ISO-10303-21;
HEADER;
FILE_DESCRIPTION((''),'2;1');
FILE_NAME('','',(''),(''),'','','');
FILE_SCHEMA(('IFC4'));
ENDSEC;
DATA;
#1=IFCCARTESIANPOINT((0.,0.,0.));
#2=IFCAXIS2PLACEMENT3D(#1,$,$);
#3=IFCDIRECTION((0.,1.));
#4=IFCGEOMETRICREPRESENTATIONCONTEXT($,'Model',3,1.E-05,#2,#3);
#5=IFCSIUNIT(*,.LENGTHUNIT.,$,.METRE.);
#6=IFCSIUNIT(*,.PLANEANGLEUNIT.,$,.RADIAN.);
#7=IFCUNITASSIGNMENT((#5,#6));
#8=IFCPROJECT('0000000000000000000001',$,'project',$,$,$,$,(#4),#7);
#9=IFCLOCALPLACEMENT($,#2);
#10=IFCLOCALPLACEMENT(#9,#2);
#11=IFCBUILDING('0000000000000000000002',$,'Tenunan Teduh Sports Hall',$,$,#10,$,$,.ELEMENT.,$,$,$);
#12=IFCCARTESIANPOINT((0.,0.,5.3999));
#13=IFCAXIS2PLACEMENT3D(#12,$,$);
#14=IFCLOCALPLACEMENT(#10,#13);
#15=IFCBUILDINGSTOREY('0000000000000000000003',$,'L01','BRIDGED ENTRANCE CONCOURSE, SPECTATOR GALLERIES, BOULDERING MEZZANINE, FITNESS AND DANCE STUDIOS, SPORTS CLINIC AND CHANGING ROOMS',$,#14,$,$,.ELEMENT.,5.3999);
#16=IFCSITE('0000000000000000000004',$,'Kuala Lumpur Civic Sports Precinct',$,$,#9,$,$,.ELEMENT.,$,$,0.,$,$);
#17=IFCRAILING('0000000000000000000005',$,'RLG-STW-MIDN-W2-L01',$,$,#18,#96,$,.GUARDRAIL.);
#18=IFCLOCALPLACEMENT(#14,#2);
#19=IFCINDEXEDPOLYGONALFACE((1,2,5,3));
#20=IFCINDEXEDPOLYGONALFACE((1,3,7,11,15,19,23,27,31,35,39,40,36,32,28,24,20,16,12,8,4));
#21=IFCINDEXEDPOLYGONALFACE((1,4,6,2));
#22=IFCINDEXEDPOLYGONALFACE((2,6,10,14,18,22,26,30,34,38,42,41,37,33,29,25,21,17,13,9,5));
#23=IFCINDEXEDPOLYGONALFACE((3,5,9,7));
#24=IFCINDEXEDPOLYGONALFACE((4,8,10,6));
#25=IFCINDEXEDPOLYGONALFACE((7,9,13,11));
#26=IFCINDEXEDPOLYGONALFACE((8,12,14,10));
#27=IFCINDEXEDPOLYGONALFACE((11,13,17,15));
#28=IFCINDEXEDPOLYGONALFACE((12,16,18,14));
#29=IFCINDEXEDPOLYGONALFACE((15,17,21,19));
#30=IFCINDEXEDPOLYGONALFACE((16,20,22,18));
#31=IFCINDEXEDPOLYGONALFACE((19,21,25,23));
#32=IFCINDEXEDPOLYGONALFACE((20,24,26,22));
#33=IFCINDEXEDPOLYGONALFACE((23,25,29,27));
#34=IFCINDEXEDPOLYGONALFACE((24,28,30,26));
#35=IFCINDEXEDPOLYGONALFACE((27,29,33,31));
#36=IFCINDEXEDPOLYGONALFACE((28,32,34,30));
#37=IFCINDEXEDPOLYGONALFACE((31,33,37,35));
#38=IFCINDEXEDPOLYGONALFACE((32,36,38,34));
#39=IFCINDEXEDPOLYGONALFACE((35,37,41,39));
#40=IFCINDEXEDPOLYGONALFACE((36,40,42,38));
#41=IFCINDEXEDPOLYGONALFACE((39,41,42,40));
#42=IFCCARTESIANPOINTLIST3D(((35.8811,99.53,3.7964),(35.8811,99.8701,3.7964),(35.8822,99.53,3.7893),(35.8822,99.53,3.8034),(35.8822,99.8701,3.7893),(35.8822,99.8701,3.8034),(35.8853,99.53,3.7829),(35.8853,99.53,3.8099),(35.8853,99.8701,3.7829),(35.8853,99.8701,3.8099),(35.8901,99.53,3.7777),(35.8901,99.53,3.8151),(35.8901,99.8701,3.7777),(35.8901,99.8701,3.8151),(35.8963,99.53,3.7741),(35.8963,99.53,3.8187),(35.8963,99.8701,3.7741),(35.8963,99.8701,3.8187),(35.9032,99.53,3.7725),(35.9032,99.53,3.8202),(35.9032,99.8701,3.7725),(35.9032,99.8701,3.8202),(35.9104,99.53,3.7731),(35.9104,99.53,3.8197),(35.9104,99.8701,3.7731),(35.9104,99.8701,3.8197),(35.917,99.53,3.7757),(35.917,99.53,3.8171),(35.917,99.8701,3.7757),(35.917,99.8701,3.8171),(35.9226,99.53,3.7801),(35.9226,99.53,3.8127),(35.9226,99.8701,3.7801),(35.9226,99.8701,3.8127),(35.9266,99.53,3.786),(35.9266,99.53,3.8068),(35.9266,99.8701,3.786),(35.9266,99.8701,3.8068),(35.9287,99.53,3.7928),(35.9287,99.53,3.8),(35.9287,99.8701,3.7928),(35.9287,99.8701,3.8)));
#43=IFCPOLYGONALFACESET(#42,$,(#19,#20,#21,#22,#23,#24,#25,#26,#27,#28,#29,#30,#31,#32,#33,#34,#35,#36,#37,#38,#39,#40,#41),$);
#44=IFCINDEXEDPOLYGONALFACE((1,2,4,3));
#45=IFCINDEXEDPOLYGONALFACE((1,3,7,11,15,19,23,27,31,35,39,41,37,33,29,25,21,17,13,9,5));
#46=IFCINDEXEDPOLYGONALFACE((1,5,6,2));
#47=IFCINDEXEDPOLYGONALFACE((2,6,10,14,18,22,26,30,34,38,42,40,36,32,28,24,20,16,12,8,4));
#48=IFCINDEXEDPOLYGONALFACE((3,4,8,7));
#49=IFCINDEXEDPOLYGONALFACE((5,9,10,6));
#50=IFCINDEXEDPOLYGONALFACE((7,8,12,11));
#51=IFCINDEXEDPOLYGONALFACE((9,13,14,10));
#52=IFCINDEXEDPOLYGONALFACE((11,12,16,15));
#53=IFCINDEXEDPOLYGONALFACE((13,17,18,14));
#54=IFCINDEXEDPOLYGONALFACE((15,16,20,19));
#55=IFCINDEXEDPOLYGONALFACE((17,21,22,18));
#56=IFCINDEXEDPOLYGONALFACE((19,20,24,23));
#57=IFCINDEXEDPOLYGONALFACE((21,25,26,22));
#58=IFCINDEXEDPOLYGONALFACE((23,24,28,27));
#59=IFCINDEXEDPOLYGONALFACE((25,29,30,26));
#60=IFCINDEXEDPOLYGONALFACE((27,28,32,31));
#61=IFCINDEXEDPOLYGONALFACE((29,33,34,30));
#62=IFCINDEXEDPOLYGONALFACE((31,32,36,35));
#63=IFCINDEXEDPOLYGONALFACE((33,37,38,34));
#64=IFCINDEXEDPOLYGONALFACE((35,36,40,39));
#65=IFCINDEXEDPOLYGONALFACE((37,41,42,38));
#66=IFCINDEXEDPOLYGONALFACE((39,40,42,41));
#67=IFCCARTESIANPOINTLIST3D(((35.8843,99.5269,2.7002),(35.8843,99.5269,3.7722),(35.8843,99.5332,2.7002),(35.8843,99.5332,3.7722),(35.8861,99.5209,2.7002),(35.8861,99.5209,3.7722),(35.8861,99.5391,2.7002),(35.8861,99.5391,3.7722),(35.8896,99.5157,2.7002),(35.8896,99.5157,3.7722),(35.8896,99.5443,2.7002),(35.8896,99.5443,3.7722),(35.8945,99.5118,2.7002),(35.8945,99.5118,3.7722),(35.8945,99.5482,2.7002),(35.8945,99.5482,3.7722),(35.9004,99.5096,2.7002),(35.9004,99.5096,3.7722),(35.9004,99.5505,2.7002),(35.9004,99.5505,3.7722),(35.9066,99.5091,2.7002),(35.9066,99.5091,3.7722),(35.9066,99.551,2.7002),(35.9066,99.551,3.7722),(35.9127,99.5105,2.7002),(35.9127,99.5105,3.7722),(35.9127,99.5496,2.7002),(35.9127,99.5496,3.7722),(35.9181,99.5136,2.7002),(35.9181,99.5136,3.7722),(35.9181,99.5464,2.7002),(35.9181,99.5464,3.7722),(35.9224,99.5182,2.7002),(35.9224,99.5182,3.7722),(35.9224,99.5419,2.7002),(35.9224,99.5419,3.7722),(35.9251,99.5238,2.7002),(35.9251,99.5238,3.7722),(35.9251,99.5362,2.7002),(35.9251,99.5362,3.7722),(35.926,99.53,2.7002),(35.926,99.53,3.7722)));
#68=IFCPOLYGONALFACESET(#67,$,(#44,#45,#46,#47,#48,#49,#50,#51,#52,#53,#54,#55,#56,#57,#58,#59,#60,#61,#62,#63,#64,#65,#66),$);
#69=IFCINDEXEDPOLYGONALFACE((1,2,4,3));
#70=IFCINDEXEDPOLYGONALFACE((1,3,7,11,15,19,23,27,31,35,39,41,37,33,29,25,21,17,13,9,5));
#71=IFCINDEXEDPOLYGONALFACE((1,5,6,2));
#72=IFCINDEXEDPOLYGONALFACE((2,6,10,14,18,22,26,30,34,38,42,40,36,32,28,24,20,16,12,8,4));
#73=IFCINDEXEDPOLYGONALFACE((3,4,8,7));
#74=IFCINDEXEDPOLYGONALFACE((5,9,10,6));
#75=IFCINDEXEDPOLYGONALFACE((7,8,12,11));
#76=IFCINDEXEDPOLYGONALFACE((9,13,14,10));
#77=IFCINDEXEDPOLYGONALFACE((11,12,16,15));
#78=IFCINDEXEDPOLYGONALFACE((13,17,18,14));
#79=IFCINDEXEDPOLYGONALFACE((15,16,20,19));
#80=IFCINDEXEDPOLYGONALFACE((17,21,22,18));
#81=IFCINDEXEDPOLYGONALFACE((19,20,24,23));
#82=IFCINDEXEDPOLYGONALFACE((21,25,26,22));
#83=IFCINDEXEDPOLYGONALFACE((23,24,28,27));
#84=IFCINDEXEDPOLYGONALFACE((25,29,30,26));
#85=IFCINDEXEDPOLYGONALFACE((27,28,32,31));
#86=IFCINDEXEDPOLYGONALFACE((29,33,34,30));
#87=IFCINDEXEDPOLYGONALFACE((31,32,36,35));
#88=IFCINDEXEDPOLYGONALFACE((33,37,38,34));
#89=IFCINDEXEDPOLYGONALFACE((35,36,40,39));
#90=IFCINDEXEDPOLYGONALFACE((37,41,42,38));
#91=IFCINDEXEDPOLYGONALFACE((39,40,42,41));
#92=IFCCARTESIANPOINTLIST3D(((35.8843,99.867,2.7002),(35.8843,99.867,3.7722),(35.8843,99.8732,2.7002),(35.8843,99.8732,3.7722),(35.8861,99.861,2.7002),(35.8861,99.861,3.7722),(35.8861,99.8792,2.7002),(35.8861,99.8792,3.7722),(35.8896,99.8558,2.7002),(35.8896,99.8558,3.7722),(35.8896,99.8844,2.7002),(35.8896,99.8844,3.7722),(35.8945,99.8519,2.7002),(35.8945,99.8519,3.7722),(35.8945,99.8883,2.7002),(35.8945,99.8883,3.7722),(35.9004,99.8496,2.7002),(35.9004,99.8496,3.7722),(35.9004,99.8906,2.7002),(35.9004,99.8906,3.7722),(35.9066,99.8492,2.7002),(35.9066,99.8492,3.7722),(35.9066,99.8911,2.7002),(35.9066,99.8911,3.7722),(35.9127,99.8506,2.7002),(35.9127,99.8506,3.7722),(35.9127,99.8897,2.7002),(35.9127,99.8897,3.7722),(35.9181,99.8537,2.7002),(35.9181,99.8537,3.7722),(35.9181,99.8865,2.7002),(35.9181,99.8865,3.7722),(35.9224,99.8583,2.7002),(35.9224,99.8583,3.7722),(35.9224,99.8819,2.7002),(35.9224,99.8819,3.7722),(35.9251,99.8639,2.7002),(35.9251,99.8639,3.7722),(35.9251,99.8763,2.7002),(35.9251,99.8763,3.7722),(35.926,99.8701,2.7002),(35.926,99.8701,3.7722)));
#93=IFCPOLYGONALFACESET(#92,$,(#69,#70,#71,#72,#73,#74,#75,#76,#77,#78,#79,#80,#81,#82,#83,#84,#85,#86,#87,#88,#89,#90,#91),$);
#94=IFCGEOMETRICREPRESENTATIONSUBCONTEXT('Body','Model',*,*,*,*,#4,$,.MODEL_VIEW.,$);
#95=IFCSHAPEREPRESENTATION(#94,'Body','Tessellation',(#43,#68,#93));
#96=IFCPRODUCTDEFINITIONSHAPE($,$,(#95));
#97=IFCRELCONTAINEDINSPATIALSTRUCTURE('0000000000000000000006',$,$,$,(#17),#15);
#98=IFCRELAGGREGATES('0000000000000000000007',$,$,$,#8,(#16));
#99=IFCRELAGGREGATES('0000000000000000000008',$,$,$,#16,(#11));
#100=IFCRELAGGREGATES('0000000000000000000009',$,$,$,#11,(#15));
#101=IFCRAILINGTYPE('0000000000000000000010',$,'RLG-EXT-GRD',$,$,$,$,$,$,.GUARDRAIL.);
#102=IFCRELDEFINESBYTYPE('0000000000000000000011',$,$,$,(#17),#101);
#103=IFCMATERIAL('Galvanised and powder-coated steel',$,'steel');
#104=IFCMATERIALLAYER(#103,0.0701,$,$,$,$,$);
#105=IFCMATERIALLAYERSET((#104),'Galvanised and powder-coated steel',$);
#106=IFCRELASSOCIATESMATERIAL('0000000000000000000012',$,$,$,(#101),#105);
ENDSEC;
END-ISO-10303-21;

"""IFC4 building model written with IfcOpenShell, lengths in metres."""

from ifc_helpers import new_model, si_unit, direction, frame, origin, origin_2d, place, context, subcontext, project, spatial, circle, extrude, material, layer, layer_set, type_object, element, save


model = new_model("IFC4")

# Units and contexts
model_context = context("Model", 3, precision=1e-05, world=origin(), true_north=direction((0.0, 1.0)))
body_context = subcontext(model_context, "Body", "Model", "MODEL_VIEW")
ifc_project = project(units=[si_unit("LENGTHUNIT", "METRE"), si_unit("PLANEANGLEUNIT", "RADIAN")], contexts=[model_context])

# Site, building, storey
site_placement = place(None, origin())
site = spatial("IfcSite", under=ifc_project, at=site_placement, Name="Kuala Lumpur Civic Sports Precinct", CompositionType="ELEMENT", RefElevation=0.0)
building_placement = place(site_placement, origin())
building = spatial("IfcBuilding", under=site, at=building_placement, Name="Tenunan Teduh Sports Hall", CompositionType="ELEMENT")
storey_placement = place(building_placement, frame((0.0, 0.0, 5.3999)))
storey = spatial("IfcBuildingStorey", under=building, at=storey_placement, Name="L01", Description="BRIDGED ENTRANCE CONCOURSE, SPECTATOR GALLERIES, BOULDERING MEZZANINE, FITNESS AND DANCE STUDIOS, SPORTS CLINIC AND CHANGING ROOMS", CompositionType="ELEMENT", Elevation=5.3999)

# Railing
ifc_material_1 = material(Name="Galvanised and powder-coated steel", Category="steel")
ifc_layer_1 = layer(ifc_material_1, 0.0701)
ifc_layer_set_1 = layer_set([ifc_layer_1], Name="Galvanised and powder-coated steel")
railing_type_1 = type_object("IfcRailingType", Name="RLG-EXT-GRD", PredefinedType="GUARDRAIL", material=ifc_layer_set_1)
railing_1_placement = place(storey_placement, frame((35.905, 99.53, 2.7002)))
element("IfcRailing", 1, at=railing_1_placement, inside=storey, type_object=railing_type_1, Name="RLG-STW-MIDN-W2-L01", PredefinedType="GUARDRAIL", context=body_context, shape_type="SweptSolid", body=[
    extrude(circle(Radius=0.0239, at=origin_2d()), frame((0.0, 0.0, 1.0962), z_axis=(0.0, 1.0, 0.0), x_axis=(-1.0, 0.0, 0.0)), (0.0, 0.0, 1.0), 0.3401),
    extrude(circle(Radius=0.021, at=origin_2d()), origin(), (0.0, 0.0, 1.0), 1.072),
    extrude(circle(Radius=0.021, at=origin_2d()), frame((0.0, 0.3401, 0.0)), (0.0, 0.0, 1.0), 1.072),
])

save(model, "model.ifc")
